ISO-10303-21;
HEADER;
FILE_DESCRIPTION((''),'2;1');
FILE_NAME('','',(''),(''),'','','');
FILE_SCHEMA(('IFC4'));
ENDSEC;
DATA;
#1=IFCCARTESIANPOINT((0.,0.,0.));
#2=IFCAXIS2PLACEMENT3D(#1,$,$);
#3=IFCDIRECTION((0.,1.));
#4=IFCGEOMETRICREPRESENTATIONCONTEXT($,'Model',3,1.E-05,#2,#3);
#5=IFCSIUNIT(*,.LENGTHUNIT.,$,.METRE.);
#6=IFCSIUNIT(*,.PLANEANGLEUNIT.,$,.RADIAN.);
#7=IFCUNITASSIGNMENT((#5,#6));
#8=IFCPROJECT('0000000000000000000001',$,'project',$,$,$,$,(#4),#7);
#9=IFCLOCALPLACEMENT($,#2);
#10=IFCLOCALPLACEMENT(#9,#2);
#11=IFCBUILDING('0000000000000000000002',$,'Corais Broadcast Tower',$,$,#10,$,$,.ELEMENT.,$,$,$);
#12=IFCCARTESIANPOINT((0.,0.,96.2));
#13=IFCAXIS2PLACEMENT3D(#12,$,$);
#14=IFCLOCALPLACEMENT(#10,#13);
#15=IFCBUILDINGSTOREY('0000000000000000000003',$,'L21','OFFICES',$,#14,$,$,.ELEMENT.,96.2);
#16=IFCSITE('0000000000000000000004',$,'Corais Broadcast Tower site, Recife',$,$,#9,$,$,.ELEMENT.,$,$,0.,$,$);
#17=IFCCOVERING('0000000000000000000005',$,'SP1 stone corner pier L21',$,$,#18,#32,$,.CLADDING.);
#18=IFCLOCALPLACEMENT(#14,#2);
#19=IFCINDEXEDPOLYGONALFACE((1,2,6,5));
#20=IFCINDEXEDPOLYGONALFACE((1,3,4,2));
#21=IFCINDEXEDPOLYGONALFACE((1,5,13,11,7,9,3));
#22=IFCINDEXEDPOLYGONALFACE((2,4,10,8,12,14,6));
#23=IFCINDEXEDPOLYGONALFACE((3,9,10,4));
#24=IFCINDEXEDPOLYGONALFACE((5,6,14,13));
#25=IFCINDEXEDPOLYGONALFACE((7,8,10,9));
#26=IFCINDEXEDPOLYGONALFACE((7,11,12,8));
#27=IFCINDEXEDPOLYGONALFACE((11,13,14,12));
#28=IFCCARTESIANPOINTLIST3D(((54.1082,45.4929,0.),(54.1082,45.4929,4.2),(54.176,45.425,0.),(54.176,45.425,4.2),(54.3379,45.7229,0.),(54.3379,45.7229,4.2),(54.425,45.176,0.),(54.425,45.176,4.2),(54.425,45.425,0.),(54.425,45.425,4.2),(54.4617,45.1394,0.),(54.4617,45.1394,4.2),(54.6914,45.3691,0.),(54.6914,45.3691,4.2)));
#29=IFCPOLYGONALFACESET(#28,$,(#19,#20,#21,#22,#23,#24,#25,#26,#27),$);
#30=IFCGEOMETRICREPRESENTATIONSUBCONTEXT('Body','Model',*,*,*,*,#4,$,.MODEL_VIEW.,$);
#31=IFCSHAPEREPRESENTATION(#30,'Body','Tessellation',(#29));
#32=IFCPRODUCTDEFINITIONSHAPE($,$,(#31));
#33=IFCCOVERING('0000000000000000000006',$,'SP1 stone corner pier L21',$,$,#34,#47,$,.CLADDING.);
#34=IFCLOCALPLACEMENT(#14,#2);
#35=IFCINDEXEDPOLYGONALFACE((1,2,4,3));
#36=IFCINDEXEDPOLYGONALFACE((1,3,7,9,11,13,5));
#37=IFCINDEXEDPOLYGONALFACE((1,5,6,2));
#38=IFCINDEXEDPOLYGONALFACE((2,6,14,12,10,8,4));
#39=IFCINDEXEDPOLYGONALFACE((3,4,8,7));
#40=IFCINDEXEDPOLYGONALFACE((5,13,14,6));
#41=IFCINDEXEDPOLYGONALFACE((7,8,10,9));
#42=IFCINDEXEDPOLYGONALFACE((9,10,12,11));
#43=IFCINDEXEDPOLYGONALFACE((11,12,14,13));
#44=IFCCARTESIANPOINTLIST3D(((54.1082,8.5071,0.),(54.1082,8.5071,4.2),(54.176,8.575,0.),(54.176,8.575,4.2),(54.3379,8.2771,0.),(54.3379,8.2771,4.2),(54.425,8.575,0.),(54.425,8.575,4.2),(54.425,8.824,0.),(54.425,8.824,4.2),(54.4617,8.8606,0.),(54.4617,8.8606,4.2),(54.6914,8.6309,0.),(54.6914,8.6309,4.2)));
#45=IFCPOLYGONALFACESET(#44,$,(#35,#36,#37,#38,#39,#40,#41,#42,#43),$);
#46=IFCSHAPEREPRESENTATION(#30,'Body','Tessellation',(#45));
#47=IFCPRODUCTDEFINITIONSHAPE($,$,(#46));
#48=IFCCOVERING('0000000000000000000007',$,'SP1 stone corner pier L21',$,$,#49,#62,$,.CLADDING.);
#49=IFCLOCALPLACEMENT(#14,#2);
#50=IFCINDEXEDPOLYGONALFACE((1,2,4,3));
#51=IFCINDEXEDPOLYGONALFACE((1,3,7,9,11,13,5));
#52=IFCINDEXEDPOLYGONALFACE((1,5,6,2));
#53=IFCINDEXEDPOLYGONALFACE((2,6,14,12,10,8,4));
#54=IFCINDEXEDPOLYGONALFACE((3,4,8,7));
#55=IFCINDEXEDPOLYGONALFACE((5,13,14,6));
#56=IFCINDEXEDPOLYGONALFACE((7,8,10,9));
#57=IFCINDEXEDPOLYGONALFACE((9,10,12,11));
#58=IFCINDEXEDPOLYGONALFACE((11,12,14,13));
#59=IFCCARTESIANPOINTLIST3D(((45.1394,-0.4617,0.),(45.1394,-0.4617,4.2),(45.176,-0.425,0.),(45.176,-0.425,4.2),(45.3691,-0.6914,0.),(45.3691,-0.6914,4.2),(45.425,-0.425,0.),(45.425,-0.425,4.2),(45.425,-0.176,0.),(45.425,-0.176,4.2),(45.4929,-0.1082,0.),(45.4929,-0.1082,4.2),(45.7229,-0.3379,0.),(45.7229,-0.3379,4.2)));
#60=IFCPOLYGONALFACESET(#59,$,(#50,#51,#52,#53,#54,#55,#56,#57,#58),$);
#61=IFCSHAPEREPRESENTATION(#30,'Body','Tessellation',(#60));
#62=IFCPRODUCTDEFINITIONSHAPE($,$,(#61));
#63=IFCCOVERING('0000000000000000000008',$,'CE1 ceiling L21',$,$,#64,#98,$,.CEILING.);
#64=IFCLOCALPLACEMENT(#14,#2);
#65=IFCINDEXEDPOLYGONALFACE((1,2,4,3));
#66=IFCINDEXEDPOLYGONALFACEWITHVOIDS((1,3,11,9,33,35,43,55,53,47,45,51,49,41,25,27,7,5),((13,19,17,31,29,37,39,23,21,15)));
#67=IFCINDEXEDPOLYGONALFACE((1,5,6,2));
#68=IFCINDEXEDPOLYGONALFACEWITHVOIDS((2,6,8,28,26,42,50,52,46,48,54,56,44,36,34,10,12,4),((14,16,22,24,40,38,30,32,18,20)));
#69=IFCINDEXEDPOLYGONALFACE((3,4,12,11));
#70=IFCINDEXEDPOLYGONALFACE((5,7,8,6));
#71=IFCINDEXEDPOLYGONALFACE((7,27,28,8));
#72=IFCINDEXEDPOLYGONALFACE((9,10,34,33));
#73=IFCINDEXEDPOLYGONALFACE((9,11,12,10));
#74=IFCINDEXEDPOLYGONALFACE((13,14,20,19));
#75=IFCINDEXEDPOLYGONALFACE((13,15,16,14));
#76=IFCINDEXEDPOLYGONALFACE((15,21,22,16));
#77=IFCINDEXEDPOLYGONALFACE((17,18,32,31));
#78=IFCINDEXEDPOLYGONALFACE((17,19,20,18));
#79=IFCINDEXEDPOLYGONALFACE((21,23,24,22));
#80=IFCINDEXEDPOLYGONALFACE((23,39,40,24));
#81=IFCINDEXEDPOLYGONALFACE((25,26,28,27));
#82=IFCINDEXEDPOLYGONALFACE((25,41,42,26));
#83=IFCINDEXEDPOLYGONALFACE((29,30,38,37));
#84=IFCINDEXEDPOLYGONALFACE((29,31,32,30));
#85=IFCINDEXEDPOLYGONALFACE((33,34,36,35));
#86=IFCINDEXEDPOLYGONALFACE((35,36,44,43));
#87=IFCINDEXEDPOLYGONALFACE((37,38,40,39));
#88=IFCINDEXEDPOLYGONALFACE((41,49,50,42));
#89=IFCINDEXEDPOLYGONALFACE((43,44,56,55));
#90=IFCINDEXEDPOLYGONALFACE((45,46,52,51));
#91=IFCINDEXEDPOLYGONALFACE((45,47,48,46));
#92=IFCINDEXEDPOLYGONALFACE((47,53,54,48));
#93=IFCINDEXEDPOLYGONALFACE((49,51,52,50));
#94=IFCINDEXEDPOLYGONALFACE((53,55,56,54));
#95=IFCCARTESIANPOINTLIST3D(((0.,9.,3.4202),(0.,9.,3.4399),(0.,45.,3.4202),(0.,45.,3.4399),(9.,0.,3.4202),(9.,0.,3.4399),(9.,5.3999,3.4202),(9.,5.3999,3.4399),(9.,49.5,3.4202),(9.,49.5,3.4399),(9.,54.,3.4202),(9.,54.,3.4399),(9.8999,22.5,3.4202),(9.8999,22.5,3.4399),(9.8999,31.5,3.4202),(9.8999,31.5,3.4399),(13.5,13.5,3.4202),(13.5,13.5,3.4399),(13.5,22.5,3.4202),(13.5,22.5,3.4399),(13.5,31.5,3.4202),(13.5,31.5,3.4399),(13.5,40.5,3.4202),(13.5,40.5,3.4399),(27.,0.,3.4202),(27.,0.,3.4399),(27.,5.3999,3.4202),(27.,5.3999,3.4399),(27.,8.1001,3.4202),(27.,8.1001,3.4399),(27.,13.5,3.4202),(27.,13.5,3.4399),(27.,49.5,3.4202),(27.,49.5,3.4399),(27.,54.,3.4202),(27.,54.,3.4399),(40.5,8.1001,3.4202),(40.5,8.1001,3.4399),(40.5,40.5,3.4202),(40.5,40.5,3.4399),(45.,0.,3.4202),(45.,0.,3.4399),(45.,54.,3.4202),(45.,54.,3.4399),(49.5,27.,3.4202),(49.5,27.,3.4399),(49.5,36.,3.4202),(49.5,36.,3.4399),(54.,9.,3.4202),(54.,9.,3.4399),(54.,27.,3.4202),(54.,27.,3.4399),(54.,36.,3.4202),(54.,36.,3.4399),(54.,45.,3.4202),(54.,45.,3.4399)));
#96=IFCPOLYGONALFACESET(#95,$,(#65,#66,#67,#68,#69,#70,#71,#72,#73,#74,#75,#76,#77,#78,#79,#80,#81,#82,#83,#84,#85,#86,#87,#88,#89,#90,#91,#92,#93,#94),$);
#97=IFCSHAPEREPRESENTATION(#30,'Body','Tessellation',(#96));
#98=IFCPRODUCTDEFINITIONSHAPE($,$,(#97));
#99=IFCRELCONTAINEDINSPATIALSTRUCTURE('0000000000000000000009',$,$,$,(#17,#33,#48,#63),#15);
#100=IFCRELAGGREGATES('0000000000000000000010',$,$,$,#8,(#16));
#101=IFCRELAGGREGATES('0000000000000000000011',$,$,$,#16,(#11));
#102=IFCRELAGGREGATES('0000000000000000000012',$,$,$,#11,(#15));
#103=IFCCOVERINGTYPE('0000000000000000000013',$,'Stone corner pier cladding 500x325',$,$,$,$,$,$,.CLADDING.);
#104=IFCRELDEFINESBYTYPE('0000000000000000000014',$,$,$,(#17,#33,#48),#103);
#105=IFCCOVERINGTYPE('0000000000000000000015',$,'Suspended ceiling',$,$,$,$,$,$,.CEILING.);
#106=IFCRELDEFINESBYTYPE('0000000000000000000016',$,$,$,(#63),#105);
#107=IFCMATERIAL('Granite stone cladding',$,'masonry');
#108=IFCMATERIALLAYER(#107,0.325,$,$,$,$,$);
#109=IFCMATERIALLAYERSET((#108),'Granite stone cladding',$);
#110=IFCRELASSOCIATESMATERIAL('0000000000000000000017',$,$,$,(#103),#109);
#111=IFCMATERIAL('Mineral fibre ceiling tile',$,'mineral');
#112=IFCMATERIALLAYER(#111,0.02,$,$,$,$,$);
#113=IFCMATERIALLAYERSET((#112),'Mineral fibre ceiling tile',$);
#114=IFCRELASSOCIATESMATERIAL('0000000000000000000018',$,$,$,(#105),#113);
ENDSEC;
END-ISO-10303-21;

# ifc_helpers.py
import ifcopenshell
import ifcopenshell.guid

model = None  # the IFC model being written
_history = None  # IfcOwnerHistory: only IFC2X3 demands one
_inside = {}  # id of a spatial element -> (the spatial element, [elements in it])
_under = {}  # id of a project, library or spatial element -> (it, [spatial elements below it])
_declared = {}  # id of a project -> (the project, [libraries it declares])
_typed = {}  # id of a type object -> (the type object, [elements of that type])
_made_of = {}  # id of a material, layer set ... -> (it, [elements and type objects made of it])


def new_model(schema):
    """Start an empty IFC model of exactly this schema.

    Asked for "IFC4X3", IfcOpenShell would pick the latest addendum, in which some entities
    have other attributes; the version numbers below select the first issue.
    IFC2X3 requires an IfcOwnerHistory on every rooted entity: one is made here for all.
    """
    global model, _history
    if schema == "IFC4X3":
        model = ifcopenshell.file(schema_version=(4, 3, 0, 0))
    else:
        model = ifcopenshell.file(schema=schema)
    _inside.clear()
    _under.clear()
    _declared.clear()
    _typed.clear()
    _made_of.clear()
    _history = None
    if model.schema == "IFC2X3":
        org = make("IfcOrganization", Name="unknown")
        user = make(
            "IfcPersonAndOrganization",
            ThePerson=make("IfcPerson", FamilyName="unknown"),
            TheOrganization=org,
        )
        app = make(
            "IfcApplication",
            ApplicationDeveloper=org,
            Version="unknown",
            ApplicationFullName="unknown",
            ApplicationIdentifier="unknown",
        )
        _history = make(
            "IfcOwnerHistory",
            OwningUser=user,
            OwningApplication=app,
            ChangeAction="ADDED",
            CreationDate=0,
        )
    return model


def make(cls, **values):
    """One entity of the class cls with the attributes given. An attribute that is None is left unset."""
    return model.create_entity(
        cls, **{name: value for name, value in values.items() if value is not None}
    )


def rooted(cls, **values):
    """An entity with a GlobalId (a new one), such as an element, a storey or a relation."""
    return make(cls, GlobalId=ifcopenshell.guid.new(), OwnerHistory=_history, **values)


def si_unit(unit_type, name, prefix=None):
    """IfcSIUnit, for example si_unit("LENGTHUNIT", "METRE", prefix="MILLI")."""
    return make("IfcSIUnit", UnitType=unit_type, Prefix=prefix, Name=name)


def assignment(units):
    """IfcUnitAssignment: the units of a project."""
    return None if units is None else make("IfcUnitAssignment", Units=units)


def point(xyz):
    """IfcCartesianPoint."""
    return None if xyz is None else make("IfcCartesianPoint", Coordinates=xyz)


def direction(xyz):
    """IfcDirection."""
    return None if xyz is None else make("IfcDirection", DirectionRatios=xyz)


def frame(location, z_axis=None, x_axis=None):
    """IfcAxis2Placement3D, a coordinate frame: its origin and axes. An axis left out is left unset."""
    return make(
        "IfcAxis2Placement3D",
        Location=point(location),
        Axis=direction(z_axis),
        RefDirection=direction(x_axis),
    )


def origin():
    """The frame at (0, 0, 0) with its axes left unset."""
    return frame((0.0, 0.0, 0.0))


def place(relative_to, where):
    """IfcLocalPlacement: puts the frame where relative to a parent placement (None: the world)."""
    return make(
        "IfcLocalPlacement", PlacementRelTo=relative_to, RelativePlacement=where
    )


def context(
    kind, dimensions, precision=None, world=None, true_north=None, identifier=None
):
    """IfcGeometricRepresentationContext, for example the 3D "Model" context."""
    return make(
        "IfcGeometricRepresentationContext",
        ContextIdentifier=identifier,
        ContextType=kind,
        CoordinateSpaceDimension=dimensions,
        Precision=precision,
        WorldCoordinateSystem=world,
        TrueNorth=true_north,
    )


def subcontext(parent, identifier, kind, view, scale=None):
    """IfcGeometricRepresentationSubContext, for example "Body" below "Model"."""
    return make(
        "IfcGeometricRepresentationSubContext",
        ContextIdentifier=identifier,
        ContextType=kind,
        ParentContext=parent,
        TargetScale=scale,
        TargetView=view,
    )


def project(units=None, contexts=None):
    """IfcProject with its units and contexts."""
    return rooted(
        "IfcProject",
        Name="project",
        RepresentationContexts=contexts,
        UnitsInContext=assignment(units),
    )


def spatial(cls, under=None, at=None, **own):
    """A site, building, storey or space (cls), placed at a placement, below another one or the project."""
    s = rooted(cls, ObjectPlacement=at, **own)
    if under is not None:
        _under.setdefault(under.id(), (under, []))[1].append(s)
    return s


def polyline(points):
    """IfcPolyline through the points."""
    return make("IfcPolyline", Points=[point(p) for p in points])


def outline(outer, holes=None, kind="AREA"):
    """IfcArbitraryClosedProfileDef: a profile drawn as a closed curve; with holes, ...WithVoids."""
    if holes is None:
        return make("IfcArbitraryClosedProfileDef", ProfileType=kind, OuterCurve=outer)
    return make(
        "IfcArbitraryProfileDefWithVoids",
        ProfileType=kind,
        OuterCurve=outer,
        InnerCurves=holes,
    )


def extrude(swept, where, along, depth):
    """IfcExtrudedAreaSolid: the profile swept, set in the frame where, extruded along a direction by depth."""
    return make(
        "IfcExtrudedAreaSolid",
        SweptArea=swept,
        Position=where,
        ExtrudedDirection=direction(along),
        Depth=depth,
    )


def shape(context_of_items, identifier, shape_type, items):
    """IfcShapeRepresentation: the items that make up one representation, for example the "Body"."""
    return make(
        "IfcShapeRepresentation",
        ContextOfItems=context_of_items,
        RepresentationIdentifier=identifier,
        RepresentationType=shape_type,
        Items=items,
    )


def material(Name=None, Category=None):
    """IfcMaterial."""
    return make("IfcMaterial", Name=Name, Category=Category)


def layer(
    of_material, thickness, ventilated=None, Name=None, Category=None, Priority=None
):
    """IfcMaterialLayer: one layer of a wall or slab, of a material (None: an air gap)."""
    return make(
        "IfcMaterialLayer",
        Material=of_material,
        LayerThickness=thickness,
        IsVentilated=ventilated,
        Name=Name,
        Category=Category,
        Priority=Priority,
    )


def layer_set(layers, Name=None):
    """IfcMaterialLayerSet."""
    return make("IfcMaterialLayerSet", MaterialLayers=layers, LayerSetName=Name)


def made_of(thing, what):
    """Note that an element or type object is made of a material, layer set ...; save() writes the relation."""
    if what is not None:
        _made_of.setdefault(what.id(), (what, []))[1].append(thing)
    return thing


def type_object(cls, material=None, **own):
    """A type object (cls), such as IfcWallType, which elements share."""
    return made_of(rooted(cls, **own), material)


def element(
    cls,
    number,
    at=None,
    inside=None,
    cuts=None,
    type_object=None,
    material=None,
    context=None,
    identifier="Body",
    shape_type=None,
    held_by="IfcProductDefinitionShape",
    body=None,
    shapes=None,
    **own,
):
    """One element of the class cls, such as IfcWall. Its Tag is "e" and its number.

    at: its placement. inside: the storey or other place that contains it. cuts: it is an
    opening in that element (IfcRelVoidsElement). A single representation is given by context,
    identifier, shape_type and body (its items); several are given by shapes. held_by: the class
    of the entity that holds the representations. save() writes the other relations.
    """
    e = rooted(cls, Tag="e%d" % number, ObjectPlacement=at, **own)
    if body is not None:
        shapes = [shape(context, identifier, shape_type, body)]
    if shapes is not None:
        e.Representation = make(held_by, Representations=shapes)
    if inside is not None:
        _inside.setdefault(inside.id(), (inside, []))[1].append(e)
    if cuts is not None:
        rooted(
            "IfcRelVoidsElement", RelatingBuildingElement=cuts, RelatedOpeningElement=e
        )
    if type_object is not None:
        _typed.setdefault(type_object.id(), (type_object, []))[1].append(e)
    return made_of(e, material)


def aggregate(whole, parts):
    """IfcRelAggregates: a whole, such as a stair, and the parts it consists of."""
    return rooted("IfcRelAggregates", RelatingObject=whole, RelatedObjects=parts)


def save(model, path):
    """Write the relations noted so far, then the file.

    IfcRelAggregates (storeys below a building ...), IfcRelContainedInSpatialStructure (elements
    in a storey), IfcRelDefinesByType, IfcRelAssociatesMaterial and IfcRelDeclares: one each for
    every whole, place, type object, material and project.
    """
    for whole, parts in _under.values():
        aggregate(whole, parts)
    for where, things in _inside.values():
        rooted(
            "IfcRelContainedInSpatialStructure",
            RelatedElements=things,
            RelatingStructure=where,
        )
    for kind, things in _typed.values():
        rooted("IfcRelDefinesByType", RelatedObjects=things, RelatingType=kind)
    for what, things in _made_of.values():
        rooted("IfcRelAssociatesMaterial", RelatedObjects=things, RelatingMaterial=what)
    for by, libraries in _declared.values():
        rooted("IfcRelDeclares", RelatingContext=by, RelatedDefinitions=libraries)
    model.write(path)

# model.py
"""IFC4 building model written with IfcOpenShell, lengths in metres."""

from ifc_helpers import new_model, si_unit, direction, frame, origin, place, context, subcontext, project, spatial, polyline, outline, extrude, material, layer, layer_set, type_object, element, save


model = new_model("IFC4")

# Units and contexts
model_context = context("Model", 3, precision=1e-05, world=origin(), true_north=direction((0.0, 1.0)))
body_context = subcontext(model_context, "Body", "Model", "MODEL_VIEW")
ifc_project = project(units=[si_unit("LENGTHUNIT", "METRE"), si_unit("PLANEANGLEUNIT", "RADIAN")], contexts=[model_context])

# Site, building, storey
site_placement = place(None, origin())
site = spatial("IfcSite", under=ifc_project, at=site_placement, Name="Corais Broadcast Tower site, Recife", CompositionType="ELEMENT", RefElevation=0.0)
building_placement = place(site_placement, origin())
building = spatial("IfcBuilding", under=site, at=building_placement, Name="Corais Broadcast Tower", CompositionType="ELEMENT")
storey_placement = place(building_placement, frame((0.0, 0.0, 96.2)))
storey = spatial("IfcBuildingStorey", under=building, at=storey_placement, Name="L21", Description="OFFICES", CompositionType="ELEMENT", Elevation=96.2)

# Coverings
ifc_material_1 = material(Name="Granite stone cladding", Category="masonry")
ifc_layer_1 = layer(ifc_material_1, 0.325)
ifc_layer_set_1 = layer_set([ifc_layer_1], Name="Granite stone cladding")
covering_type_1 = type_object("IfcCoveringType", Name="Stone corner pier cladding 500x325", PredefinedType="CLADDING", material=ifc_layer_set_1)
covering_1_placement = place(storey_placement, origin())
element("IfcCovering", 1, at=covering_1_placement, inside=storey, type_object=covering_type_1, Name="SP1 stone corner pier L21", PredefinedType="CLADDING", context=body_context, shape_type="SweptSolid", body=[
    extrude(outline(polyline([(54.425, 45.176), (54.4617, 45.1394), (54.6914, 45.3691), (54.3379, 45.7229), (54.1082, 45.4929), (54.176, 45.425), (54.425, 45.425), (54.425, 45.176)])), origin(), (0.0, 0.0, 1.0), 4.2),
])
covering_2_placement = place(storey_placement, origin())
element("IfcCovering", 2, at=covering_2_placement, inside=storey, type_object=covering_type_1, Name="SP1 stone corner pier L21", PredefinedType="CLADDING", context=body_context, shape_type="SweptSolid", body=[
    extrude(outline(polyline([(54.4617, 8.8606), (54.425, 8.824), (54.425, 8.575), (54.176, 8.575), (54.1082, 8.5071), (54.3379, 8.2771), (54.6914, 8.6309), (54.4617, 8.8606)])), origin(), (0.0, 0.0, 1.0), 4.2),
])
covering_3_placement = place(storey_placement, origin())
element("IfcCovering", 3, at=covering_3_placement, inside=storey, type_object=covering_type_1, Name="SP1 stone corner pier L21", PredefinedType="CLADDING", context=body_context, shape_type="SweptSolid", body=[
    extrude(outline(polyline([(45.176, -0.425), (45.1394, -0.4617), (45.3691, -0.6914), (45.7229, -0.3379), (45.4929, -0.1082), (45.425, -0.176), (45.425, -0.425), (45.176, -0.425)])), origin(), (0.0, 0.0, 1.0), 4.2),
])
ifc_material_2 = material(Name="Mineral fibre ceiling tile", Category="mineral")
ifc_layer_2 = layer(ifc_material_2, 0.02)
ifc_layer_set_2 = layer_set([ifc_layer_2], Name="Mineral fibre ceiling tile")
covering_type_2 = type_object("IfcCoveringType", Name="Suspended ceiling", PredefinedType="CEILING", material=ifc_layer_set_2)
covering_4_placement = place(storey_placement, frame((0.0, 0.0, 3.4202)))
element("IfcCovering", 4, at=covering_4_placement, inside=storey, type_object=covering_type_2, Name="CE1 ceiling L21", PredefinedType="CEILING", context=body_context, shape_type="SweptSolid", body=[
    extrude(outline(polyline([(54.0, 9.0), (45.0, 0.0), (27.0, 0.0), (27.0, 5.3999), (9.0, 5.3999), (9.0, 0.0), (0.0, 9.0), (0.0, 45.0), (9.0, 54.0), (9.0, 49.5), (27.0, 49.5), (27.0, 54.0), (45.0, 54.0), (54.0, 45.0), (54.0, 36.0), (49.5, 36.0), (49.5, 27.0), (54.0, 27.0), (54.0, 9.0)]), holes=[polyline([(40.5, 40.5), (13.5, 40.5), (13.5, 31.5), (9.8999, 31.5), (9.8999, 22.5), (13.5, 22.5), (13.5, 13.5), (27.0, 13.5), (27.0, 8.1001), (40.5, 8.1001), (40.5, 40.5)])]), origin(), (0.0, 0.0, 1.0), 0.0198),
])

save(model, "model.ifc")
